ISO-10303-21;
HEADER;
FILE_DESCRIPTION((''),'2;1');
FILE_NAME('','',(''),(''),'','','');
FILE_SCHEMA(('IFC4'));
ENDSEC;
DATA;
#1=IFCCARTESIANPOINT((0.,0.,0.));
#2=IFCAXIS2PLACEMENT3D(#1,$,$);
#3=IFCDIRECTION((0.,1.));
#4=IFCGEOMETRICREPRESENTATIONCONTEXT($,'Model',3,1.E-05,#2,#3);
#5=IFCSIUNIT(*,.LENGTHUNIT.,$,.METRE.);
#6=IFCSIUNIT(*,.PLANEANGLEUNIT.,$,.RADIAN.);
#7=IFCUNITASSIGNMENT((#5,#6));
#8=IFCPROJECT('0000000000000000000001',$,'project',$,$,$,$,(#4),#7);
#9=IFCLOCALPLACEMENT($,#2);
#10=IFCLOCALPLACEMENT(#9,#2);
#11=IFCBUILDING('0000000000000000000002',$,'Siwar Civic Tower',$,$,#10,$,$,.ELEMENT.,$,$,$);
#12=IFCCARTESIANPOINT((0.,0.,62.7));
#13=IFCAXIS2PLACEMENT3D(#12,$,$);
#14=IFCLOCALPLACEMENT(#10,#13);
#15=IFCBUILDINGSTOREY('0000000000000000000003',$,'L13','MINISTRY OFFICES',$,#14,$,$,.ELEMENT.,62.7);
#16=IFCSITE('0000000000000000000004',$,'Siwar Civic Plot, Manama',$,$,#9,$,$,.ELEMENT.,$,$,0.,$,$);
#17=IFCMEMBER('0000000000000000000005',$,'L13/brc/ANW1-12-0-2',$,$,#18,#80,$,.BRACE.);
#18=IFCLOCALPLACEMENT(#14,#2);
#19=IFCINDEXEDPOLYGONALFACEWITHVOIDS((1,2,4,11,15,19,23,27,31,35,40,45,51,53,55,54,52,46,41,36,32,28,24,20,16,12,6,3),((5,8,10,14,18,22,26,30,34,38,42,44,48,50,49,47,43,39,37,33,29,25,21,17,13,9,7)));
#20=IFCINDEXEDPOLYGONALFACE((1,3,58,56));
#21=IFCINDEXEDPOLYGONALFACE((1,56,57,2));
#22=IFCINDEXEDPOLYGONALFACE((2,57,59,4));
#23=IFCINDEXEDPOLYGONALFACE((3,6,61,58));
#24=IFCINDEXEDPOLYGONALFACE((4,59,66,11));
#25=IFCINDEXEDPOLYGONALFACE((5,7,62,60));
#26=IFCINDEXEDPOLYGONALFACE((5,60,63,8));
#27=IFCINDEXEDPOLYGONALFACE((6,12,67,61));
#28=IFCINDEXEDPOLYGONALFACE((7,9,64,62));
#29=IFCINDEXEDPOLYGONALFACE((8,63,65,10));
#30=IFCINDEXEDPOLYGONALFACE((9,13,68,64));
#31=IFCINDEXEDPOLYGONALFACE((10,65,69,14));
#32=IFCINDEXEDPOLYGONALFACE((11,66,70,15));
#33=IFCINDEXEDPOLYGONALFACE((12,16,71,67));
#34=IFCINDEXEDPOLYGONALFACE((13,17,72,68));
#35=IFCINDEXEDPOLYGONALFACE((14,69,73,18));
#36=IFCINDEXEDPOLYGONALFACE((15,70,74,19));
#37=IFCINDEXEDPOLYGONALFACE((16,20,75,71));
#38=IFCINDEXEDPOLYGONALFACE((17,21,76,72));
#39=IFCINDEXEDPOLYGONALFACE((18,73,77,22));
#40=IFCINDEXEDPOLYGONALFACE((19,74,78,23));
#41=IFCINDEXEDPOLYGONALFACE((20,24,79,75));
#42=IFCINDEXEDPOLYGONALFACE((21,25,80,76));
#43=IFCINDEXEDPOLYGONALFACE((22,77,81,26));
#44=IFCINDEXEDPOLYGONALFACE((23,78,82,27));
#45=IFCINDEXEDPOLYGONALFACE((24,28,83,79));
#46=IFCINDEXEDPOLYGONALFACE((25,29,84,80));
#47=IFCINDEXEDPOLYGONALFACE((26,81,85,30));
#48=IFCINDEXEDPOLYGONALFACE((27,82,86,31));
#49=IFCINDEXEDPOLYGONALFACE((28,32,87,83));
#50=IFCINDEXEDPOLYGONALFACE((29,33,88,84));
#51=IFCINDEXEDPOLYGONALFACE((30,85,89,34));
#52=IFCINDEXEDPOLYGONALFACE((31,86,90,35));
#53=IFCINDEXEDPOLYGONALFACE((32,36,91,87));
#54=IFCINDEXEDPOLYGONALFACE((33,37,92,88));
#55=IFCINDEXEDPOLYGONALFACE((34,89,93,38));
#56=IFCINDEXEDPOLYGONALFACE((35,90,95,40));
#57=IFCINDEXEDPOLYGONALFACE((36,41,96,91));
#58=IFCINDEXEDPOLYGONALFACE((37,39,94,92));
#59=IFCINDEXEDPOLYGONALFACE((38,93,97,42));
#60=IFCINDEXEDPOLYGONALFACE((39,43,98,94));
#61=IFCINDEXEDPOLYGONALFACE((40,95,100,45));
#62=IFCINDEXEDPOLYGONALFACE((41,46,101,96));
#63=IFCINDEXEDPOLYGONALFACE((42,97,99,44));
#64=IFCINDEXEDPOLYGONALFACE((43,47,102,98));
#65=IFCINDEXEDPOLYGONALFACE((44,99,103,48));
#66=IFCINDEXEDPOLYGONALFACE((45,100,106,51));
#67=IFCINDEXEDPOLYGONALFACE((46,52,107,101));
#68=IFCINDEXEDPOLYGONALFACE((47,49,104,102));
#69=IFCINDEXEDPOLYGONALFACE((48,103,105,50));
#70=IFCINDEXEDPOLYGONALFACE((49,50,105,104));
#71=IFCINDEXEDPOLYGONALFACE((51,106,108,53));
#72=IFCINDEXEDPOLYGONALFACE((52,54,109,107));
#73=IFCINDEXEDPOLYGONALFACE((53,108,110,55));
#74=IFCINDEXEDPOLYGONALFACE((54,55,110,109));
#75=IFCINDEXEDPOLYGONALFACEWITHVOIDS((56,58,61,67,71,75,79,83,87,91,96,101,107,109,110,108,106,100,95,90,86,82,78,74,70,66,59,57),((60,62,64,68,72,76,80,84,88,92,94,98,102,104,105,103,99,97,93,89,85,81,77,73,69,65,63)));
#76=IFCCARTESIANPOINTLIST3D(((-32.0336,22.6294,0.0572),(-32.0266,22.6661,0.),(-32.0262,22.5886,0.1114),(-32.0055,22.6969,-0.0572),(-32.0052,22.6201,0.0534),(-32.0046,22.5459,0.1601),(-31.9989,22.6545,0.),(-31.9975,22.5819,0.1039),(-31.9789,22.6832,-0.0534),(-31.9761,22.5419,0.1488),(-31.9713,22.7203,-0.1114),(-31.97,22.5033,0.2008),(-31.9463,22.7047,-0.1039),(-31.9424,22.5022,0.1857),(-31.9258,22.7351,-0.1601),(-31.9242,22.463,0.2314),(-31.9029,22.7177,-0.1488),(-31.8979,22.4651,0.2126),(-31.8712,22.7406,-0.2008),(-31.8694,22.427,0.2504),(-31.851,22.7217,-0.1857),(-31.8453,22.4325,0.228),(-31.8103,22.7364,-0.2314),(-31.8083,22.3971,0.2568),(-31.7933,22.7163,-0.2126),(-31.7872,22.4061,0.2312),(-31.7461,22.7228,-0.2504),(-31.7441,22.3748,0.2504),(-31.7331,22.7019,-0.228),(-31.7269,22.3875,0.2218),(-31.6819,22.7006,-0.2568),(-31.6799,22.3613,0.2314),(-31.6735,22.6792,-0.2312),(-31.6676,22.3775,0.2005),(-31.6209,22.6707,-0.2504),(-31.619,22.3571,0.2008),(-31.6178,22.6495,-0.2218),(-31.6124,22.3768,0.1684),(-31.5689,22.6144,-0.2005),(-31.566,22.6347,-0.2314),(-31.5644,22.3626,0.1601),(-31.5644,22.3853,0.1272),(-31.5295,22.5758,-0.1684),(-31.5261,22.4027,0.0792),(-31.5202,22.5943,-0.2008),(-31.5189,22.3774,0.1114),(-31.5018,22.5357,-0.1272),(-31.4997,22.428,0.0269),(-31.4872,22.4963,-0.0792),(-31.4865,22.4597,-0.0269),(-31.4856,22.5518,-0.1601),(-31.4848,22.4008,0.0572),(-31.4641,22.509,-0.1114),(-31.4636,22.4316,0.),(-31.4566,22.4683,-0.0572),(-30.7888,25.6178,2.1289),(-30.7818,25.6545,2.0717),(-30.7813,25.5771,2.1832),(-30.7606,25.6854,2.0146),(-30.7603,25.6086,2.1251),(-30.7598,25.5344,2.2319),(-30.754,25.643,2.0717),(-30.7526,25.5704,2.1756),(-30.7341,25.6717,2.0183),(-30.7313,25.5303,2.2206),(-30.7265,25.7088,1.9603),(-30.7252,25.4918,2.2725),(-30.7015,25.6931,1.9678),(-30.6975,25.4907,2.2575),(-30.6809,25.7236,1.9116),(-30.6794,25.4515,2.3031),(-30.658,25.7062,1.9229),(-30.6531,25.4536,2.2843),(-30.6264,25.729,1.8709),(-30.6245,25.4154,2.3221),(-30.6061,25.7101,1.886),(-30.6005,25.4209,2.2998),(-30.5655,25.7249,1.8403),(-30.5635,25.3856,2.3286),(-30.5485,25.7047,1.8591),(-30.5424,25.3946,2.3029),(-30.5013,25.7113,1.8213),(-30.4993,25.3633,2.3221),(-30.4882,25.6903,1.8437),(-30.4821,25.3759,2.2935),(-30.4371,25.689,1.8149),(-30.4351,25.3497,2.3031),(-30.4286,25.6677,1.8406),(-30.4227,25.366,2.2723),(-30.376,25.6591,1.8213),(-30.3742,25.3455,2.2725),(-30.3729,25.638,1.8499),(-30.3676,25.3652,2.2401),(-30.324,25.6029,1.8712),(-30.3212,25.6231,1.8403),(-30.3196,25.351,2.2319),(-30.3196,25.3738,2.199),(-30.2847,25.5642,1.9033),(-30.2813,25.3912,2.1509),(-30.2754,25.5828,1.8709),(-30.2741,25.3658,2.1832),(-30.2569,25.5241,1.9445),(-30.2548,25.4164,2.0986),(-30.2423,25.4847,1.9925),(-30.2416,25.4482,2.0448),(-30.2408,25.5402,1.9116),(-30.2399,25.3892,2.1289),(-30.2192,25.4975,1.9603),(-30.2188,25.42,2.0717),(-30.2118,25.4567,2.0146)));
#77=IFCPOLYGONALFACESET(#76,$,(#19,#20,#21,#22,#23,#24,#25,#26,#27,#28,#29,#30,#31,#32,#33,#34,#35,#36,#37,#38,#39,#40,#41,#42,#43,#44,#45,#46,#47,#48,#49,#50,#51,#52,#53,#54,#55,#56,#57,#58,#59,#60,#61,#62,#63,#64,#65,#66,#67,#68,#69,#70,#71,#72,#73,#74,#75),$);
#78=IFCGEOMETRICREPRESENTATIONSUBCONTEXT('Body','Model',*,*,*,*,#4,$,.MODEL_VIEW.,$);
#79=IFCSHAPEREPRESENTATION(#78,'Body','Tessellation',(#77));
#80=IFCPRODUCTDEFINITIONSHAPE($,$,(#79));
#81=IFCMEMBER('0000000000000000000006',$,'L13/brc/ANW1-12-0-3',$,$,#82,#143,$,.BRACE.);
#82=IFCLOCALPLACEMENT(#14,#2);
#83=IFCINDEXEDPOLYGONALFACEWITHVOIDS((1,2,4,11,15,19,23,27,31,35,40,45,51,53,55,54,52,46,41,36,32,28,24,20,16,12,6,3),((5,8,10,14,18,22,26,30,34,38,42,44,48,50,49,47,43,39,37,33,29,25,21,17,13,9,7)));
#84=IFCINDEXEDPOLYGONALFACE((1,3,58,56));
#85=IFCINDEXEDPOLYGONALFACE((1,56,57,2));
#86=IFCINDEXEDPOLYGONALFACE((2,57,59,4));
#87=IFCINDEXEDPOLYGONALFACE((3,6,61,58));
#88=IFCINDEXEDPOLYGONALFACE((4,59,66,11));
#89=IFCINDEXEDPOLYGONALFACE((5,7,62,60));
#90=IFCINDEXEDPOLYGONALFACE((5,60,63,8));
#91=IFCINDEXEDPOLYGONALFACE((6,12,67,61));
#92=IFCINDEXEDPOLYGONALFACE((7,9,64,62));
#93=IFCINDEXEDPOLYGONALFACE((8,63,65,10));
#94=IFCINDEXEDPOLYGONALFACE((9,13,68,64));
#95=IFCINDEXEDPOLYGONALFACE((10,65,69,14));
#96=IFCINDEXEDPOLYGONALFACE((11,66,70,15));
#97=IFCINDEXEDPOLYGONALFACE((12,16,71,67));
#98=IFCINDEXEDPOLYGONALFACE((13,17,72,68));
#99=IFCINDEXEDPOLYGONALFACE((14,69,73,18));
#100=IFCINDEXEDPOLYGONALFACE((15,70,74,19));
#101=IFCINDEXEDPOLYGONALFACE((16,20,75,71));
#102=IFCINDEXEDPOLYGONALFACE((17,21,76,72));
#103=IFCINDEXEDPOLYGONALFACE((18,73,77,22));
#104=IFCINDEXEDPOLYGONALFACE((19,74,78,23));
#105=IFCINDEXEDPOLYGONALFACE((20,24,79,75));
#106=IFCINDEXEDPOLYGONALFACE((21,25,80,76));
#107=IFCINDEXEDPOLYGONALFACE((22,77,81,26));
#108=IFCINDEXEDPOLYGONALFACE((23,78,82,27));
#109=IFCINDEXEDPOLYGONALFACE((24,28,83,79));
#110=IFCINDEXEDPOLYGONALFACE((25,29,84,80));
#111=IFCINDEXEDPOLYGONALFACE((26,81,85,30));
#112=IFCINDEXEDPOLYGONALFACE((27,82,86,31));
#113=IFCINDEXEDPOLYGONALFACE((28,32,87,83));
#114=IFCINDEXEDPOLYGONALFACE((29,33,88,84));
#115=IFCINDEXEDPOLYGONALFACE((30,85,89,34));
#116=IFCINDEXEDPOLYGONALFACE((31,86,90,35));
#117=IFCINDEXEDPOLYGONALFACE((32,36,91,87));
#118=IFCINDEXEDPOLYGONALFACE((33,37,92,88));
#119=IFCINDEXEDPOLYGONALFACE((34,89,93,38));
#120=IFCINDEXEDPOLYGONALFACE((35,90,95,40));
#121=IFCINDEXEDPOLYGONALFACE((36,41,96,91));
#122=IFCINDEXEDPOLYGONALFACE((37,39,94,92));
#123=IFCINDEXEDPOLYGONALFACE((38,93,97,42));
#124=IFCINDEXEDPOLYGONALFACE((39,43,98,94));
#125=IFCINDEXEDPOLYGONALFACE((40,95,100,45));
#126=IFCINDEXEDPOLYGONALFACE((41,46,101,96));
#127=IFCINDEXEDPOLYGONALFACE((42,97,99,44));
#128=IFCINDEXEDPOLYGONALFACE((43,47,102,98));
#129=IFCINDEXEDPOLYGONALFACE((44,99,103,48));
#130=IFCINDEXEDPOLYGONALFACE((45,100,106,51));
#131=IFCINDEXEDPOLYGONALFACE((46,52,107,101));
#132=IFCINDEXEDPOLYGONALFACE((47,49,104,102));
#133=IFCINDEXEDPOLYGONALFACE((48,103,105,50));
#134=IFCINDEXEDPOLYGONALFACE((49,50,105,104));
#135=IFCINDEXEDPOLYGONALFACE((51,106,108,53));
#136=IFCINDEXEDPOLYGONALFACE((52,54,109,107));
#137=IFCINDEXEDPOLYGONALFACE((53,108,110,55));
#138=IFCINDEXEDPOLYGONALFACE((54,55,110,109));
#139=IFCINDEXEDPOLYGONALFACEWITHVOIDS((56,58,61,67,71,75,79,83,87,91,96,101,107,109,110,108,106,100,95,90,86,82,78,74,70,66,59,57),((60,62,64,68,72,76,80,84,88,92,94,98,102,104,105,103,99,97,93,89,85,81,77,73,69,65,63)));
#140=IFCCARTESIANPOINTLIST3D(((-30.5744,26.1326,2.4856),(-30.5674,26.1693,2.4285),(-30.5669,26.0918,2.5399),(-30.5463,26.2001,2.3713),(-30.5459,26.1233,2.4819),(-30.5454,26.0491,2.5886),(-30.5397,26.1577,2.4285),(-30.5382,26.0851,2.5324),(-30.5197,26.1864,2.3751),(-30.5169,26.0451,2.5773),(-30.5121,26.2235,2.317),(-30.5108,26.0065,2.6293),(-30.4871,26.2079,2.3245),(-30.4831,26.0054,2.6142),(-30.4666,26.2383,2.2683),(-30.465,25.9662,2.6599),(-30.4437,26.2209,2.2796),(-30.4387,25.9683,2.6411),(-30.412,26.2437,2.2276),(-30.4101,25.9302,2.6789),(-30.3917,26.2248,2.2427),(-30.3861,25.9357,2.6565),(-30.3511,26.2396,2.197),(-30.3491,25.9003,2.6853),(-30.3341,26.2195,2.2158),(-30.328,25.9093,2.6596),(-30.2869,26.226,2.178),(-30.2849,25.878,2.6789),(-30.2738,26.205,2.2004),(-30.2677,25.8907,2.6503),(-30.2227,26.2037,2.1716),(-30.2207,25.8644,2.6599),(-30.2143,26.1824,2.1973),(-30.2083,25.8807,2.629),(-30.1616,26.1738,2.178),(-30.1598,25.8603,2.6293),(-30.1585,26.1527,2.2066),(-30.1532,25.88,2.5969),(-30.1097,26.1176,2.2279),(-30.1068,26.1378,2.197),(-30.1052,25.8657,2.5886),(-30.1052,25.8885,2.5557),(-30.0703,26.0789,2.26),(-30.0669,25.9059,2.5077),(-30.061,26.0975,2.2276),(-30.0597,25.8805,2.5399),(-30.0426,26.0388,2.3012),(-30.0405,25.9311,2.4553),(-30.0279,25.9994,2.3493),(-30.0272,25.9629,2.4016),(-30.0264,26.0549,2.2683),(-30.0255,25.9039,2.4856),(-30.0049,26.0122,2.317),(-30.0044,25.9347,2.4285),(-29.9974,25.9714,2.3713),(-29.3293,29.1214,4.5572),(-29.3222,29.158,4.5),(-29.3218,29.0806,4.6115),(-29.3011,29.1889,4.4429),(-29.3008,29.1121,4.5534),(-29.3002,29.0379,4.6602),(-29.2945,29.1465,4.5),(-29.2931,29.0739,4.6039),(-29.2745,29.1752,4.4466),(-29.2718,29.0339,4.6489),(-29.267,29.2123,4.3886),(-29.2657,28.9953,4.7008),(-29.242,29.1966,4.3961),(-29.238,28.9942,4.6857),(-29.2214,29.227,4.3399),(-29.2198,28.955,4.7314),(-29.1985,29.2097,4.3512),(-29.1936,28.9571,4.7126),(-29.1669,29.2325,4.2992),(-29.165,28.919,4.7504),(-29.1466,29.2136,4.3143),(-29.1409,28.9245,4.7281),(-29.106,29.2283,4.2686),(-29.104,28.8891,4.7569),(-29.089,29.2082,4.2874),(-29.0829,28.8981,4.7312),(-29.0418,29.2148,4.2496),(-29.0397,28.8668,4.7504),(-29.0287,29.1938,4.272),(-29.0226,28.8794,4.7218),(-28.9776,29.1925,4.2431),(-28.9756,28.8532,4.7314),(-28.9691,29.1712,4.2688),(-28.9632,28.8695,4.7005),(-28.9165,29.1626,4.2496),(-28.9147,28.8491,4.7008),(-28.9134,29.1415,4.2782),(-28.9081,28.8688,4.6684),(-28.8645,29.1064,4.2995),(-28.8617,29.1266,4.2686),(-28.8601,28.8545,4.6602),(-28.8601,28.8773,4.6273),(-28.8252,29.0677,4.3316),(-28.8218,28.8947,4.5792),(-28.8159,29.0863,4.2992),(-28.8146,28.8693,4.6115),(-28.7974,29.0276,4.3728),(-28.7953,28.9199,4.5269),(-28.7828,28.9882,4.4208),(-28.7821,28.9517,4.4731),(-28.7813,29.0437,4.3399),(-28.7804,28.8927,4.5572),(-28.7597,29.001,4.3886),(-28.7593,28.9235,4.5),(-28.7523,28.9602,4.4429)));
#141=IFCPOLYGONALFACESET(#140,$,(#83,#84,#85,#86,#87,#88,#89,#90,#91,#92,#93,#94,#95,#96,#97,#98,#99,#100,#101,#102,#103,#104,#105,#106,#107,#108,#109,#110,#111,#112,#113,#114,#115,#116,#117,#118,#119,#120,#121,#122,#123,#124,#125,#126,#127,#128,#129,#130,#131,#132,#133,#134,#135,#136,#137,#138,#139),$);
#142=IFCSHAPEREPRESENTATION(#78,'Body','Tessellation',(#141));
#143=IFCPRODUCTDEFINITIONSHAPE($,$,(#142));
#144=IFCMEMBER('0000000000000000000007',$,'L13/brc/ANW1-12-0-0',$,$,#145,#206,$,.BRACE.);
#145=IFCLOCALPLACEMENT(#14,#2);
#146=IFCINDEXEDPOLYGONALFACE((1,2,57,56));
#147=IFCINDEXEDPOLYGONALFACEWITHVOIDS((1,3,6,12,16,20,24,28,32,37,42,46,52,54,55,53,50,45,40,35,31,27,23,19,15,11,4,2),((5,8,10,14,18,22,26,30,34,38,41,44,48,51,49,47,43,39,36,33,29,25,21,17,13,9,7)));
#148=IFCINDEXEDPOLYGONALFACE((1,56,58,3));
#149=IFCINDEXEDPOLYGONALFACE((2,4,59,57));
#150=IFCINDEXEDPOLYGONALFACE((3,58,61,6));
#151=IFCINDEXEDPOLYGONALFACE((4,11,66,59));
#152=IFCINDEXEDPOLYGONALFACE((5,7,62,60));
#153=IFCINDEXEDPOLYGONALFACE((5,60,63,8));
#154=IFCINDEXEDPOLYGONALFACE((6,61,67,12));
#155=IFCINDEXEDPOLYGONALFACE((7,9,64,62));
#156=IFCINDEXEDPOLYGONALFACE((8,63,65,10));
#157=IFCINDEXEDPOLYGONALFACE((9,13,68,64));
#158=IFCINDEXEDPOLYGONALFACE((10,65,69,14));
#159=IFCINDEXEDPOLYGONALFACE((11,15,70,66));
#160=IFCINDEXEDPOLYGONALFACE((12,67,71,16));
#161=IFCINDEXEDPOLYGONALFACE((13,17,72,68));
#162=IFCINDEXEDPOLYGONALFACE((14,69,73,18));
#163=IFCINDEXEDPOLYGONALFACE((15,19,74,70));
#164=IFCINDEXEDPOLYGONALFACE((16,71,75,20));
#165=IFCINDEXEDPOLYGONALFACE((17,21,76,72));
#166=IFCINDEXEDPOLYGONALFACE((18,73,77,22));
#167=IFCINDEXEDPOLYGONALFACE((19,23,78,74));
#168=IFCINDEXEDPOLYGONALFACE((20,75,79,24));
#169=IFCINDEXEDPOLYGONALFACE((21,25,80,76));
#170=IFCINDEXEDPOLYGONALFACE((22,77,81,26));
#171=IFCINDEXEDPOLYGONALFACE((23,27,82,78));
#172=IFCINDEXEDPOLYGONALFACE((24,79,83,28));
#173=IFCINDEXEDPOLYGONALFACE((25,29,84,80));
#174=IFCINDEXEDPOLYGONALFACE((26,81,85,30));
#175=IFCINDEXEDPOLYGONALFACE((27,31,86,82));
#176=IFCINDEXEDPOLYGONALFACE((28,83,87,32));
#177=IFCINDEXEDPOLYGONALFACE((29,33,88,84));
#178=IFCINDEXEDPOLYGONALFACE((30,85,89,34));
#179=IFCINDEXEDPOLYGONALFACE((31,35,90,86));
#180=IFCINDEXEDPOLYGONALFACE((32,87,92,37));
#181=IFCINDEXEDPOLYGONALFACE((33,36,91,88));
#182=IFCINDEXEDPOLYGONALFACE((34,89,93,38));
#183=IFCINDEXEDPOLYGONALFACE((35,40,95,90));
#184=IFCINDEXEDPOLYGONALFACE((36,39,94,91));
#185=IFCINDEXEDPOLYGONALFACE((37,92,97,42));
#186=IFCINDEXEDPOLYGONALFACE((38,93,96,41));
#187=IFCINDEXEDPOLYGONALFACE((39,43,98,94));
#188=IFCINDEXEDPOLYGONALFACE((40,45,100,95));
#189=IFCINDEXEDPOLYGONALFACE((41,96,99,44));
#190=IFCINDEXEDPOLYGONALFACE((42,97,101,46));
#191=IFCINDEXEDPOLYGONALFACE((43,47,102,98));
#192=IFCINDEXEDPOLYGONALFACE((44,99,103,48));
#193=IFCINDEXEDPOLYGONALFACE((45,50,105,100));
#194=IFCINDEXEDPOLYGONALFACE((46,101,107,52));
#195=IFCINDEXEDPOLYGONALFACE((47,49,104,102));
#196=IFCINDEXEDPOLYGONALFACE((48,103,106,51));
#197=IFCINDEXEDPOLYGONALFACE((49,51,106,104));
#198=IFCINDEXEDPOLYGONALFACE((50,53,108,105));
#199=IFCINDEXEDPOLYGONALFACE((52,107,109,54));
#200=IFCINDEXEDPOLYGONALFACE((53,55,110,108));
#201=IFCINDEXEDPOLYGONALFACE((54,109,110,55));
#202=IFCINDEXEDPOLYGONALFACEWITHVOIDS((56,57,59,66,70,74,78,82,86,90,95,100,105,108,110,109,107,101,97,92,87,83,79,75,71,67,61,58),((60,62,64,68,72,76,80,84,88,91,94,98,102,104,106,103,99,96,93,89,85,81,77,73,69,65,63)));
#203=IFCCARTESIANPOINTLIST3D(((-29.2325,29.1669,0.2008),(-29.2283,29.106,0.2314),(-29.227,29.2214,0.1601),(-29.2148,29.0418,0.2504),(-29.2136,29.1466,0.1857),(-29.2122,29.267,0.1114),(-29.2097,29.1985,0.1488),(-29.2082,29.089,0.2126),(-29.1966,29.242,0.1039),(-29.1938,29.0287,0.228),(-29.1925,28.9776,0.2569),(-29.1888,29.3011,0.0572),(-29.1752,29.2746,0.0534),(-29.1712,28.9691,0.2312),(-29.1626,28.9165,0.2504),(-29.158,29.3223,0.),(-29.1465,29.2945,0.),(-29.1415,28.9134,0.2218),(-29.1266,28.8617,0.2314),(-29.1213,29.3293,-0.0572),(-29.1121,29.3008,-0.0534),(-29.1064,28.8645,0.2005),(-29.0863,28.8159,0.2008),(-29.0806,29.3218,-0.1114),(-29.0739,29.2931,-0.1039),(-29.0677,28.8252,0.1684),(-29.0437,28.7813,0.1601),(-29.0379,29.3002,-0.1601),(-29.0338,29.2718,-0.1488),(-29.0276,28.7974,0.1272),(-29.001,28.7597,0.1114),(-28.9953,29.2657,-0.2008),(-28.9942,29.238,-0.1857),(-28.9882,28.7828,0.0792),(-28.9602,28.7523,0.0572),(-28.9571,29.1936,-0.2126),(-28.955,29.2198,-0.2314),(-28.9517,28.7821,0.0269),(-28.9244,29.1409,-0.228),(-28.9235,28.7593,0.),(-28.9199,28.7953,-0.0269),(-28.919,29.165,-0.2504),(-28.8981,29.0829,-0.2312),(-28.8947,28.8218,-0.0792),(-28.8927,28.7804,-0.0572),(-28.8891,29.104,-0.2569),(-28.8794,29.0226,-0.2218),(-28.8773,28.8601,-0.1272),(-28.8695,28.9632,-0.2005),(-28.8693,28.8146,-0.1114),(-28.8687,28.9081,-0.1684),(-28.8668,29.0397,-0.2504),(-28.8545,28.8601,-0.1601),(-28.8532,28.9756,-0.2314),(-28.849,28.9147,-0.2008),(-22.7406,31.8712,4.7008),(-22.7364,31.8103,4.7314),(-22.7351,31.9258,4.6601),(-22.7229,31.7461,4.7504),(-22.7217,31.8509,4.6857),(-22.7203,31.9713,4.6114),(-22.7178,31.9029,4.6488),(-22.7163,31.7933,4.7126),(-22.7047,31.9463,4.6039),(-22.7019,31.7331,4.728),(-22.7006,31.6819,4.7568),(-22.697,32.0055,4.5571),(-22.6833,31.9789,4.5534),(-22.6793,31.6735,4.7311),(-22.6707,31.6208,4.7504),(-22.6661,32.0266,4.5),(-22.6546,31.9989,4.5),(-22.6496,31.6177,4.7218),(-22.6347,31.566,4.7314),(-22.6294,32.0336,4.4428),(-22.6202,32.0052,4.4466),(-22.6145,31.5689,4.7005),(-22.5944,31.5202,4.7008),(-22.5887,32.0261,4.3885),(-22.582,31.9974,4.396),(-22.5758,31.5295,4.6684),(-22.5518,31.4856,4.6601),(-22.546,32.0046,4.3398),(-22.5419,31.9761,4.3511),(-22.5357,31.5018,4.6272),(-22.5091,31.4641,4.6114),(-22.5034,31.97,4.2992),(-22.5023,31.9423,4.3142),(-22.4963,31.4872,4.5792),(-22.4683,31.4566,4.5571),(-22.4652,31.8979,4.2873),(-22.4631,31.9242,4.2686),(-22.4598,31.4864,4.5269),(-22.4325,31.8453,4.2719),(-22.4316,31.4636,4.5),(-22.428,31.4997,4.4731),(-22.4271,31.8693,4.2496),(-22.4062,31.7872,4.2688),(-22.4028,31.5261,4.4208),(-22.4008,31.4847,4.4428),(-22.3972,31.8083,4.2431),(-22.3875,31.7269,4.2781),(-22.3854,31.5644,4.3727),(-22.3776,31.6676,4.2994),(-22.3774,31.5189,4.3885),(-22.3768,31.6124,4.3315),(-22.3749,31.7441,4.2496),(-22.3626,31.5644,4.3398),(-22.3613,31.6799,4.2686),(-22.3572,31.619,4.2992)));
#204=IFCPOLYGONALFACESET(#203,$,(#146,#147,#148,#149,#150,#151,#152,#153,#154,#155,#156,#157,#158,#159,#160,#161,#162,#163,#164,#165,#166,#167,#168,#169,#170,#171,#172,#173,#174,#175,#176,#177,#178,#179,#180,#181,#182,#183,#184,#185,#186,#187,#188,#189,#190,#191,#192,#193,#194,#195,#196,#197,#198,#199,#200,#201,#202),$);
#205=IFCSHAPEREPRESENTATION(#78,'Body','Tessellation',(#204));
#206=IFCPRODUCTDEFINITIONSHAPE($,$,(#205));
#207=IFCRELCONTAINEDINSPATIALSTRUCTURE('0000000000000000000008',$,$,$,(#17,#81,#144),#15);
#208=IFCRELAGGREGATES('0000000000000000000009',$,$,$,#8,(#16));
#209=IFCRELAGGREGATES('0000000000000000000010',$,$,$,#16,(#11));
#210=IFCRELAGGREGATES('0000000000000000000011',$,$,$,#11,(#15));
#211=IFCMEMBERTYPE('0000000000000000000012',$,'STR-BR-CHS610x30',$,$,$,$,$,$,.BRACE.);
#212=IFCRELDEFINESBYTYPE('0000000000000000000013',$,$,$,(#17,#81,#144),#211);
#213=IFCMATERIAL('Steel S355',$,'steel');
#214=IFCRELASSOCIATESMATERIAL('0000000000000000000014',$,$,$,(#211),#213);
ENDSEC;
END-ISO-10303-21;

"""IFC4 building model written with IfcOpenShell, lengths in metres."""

from ifc_helpers import new_model, si_unit, direction, frame, origin, origin_2d, place, context, subcontext, project, spatial, hollow_circle, extrude, material, material_profile, profile_set, type_object, element, save


model = new_model("IFC4")

# Units and contexts
model_context = context("Model", 3, precision=1e-05, world=origin(), true_north=direction((0.0, 1.0)))
body_context = subcontext(model_context, "Body", "Model", "MODEL_VIEW")
ifc_project = project(units=[si_unit("LENGTHUNIT", "METRE"), si_unit("PLANEANGLEUNIT", "RADIAN")], contexts=[model_context])

# Site, building, storey
site_placement = place(None, origin())
site = spatial("IfcSite", under=ifc_project, at=site_placement, Name="Siwar Civic Plot, Manama", CompositionType="ELEMENT", RefElevation=0.0)
building_placement = place(site_placement, origin())
building = spatial("IfcBuilding", under=site, at=building_placement, Name="Siwar Civic Tower", CompositionType="ELEMENT")
storey_placement = place(building_placement, frame((0.0, 0.0, 62.7)))
storey = spatial("IfcBuildingStorey", under=building, at=storey_placement, Name="L13", Description="MINISTRY OFFICES", CompositionType="ELEMENT", Elevation=62.7)

# Members
ifc_material_1 = material(Name="Steel S355", Category="steel")
ifc_material_profile_1 = material_profile(ifc_material_1, hollow_circle(Radius=0.3049, WallThickness=0.03, at=origin_2d()), Name="CHS610x30")
ifc_profile_set_1 = profile_set([ifc_material_profile_1], Name="Steel S355")
member_type_1 = type_object("IfcMemberType", Name="STR-BR-CHS610x30", PredefinedType="BRACE", material=ifc_profile_set_1)
member_1_placement = place(storey_placement, frame((-31.7451, 22.5488, 0.0), z_axis=(0.323882, 0.777533, 0.53902), x_axis=(-0.923115, 0.384524, 0.0)))
element("IfcMember", 1, at=member_1_placement, inside=storey, type_object=member_type_1, Name="L13/brc/ANW1-12-0-2", PredefinedType="BRACE", context=body_context, shape_type="SweptSolid", body=[
    extrude(hollow_circle(Radius=0.3049, WallThickness=0.03, at=origin_2d()), origin(), (0.0, 0.0, 1.0), 3.8435),
])
member_2_placement = place(storey_placement, frame((-30.2859, 26.052, 2.4285), z_axis=(0.323934, 0.777569, 0.538937), x_axis=(-0.923099, 0.384562, 0.0)))
element("IfcMember", 2, at=member_2_placement, inside=storey, type_object=member_type_1, Name="L13/brc/ANW1-12-0-3", PredefinedType="BRACE", context=body_context, shape_type="SweptSolid", body=[
    extrude(hollow_circle(Radius=0.3049, WallThickness=0.03, at=origin_2d()), origin(), (0.0, 0.0, 1.0), 3.8438),
])
member_3_placement = place(storey_placement, frame((-29.0408, 29.0408, 0.0), z_axis=(0.777555, 0.323906, 0.538975), x_axis=(-0.384539, 0.923109, 0.0)))
element("IfcMember", 3, at=member_3_placement, inside=storey, type_object=member_type_1, Name="L13/brc/ANW1-12-0-0", PredefinedType="BRACE", context=body_context, shape_type="SweptSolid", body=[
    extrude(hollow_circle(Radius=0.3049, WallThickness=0.03, at=origin_2d()), origin(), (0.0, 0.0, 1.0), 8.3491),
])

save(model, "model.ifc")
